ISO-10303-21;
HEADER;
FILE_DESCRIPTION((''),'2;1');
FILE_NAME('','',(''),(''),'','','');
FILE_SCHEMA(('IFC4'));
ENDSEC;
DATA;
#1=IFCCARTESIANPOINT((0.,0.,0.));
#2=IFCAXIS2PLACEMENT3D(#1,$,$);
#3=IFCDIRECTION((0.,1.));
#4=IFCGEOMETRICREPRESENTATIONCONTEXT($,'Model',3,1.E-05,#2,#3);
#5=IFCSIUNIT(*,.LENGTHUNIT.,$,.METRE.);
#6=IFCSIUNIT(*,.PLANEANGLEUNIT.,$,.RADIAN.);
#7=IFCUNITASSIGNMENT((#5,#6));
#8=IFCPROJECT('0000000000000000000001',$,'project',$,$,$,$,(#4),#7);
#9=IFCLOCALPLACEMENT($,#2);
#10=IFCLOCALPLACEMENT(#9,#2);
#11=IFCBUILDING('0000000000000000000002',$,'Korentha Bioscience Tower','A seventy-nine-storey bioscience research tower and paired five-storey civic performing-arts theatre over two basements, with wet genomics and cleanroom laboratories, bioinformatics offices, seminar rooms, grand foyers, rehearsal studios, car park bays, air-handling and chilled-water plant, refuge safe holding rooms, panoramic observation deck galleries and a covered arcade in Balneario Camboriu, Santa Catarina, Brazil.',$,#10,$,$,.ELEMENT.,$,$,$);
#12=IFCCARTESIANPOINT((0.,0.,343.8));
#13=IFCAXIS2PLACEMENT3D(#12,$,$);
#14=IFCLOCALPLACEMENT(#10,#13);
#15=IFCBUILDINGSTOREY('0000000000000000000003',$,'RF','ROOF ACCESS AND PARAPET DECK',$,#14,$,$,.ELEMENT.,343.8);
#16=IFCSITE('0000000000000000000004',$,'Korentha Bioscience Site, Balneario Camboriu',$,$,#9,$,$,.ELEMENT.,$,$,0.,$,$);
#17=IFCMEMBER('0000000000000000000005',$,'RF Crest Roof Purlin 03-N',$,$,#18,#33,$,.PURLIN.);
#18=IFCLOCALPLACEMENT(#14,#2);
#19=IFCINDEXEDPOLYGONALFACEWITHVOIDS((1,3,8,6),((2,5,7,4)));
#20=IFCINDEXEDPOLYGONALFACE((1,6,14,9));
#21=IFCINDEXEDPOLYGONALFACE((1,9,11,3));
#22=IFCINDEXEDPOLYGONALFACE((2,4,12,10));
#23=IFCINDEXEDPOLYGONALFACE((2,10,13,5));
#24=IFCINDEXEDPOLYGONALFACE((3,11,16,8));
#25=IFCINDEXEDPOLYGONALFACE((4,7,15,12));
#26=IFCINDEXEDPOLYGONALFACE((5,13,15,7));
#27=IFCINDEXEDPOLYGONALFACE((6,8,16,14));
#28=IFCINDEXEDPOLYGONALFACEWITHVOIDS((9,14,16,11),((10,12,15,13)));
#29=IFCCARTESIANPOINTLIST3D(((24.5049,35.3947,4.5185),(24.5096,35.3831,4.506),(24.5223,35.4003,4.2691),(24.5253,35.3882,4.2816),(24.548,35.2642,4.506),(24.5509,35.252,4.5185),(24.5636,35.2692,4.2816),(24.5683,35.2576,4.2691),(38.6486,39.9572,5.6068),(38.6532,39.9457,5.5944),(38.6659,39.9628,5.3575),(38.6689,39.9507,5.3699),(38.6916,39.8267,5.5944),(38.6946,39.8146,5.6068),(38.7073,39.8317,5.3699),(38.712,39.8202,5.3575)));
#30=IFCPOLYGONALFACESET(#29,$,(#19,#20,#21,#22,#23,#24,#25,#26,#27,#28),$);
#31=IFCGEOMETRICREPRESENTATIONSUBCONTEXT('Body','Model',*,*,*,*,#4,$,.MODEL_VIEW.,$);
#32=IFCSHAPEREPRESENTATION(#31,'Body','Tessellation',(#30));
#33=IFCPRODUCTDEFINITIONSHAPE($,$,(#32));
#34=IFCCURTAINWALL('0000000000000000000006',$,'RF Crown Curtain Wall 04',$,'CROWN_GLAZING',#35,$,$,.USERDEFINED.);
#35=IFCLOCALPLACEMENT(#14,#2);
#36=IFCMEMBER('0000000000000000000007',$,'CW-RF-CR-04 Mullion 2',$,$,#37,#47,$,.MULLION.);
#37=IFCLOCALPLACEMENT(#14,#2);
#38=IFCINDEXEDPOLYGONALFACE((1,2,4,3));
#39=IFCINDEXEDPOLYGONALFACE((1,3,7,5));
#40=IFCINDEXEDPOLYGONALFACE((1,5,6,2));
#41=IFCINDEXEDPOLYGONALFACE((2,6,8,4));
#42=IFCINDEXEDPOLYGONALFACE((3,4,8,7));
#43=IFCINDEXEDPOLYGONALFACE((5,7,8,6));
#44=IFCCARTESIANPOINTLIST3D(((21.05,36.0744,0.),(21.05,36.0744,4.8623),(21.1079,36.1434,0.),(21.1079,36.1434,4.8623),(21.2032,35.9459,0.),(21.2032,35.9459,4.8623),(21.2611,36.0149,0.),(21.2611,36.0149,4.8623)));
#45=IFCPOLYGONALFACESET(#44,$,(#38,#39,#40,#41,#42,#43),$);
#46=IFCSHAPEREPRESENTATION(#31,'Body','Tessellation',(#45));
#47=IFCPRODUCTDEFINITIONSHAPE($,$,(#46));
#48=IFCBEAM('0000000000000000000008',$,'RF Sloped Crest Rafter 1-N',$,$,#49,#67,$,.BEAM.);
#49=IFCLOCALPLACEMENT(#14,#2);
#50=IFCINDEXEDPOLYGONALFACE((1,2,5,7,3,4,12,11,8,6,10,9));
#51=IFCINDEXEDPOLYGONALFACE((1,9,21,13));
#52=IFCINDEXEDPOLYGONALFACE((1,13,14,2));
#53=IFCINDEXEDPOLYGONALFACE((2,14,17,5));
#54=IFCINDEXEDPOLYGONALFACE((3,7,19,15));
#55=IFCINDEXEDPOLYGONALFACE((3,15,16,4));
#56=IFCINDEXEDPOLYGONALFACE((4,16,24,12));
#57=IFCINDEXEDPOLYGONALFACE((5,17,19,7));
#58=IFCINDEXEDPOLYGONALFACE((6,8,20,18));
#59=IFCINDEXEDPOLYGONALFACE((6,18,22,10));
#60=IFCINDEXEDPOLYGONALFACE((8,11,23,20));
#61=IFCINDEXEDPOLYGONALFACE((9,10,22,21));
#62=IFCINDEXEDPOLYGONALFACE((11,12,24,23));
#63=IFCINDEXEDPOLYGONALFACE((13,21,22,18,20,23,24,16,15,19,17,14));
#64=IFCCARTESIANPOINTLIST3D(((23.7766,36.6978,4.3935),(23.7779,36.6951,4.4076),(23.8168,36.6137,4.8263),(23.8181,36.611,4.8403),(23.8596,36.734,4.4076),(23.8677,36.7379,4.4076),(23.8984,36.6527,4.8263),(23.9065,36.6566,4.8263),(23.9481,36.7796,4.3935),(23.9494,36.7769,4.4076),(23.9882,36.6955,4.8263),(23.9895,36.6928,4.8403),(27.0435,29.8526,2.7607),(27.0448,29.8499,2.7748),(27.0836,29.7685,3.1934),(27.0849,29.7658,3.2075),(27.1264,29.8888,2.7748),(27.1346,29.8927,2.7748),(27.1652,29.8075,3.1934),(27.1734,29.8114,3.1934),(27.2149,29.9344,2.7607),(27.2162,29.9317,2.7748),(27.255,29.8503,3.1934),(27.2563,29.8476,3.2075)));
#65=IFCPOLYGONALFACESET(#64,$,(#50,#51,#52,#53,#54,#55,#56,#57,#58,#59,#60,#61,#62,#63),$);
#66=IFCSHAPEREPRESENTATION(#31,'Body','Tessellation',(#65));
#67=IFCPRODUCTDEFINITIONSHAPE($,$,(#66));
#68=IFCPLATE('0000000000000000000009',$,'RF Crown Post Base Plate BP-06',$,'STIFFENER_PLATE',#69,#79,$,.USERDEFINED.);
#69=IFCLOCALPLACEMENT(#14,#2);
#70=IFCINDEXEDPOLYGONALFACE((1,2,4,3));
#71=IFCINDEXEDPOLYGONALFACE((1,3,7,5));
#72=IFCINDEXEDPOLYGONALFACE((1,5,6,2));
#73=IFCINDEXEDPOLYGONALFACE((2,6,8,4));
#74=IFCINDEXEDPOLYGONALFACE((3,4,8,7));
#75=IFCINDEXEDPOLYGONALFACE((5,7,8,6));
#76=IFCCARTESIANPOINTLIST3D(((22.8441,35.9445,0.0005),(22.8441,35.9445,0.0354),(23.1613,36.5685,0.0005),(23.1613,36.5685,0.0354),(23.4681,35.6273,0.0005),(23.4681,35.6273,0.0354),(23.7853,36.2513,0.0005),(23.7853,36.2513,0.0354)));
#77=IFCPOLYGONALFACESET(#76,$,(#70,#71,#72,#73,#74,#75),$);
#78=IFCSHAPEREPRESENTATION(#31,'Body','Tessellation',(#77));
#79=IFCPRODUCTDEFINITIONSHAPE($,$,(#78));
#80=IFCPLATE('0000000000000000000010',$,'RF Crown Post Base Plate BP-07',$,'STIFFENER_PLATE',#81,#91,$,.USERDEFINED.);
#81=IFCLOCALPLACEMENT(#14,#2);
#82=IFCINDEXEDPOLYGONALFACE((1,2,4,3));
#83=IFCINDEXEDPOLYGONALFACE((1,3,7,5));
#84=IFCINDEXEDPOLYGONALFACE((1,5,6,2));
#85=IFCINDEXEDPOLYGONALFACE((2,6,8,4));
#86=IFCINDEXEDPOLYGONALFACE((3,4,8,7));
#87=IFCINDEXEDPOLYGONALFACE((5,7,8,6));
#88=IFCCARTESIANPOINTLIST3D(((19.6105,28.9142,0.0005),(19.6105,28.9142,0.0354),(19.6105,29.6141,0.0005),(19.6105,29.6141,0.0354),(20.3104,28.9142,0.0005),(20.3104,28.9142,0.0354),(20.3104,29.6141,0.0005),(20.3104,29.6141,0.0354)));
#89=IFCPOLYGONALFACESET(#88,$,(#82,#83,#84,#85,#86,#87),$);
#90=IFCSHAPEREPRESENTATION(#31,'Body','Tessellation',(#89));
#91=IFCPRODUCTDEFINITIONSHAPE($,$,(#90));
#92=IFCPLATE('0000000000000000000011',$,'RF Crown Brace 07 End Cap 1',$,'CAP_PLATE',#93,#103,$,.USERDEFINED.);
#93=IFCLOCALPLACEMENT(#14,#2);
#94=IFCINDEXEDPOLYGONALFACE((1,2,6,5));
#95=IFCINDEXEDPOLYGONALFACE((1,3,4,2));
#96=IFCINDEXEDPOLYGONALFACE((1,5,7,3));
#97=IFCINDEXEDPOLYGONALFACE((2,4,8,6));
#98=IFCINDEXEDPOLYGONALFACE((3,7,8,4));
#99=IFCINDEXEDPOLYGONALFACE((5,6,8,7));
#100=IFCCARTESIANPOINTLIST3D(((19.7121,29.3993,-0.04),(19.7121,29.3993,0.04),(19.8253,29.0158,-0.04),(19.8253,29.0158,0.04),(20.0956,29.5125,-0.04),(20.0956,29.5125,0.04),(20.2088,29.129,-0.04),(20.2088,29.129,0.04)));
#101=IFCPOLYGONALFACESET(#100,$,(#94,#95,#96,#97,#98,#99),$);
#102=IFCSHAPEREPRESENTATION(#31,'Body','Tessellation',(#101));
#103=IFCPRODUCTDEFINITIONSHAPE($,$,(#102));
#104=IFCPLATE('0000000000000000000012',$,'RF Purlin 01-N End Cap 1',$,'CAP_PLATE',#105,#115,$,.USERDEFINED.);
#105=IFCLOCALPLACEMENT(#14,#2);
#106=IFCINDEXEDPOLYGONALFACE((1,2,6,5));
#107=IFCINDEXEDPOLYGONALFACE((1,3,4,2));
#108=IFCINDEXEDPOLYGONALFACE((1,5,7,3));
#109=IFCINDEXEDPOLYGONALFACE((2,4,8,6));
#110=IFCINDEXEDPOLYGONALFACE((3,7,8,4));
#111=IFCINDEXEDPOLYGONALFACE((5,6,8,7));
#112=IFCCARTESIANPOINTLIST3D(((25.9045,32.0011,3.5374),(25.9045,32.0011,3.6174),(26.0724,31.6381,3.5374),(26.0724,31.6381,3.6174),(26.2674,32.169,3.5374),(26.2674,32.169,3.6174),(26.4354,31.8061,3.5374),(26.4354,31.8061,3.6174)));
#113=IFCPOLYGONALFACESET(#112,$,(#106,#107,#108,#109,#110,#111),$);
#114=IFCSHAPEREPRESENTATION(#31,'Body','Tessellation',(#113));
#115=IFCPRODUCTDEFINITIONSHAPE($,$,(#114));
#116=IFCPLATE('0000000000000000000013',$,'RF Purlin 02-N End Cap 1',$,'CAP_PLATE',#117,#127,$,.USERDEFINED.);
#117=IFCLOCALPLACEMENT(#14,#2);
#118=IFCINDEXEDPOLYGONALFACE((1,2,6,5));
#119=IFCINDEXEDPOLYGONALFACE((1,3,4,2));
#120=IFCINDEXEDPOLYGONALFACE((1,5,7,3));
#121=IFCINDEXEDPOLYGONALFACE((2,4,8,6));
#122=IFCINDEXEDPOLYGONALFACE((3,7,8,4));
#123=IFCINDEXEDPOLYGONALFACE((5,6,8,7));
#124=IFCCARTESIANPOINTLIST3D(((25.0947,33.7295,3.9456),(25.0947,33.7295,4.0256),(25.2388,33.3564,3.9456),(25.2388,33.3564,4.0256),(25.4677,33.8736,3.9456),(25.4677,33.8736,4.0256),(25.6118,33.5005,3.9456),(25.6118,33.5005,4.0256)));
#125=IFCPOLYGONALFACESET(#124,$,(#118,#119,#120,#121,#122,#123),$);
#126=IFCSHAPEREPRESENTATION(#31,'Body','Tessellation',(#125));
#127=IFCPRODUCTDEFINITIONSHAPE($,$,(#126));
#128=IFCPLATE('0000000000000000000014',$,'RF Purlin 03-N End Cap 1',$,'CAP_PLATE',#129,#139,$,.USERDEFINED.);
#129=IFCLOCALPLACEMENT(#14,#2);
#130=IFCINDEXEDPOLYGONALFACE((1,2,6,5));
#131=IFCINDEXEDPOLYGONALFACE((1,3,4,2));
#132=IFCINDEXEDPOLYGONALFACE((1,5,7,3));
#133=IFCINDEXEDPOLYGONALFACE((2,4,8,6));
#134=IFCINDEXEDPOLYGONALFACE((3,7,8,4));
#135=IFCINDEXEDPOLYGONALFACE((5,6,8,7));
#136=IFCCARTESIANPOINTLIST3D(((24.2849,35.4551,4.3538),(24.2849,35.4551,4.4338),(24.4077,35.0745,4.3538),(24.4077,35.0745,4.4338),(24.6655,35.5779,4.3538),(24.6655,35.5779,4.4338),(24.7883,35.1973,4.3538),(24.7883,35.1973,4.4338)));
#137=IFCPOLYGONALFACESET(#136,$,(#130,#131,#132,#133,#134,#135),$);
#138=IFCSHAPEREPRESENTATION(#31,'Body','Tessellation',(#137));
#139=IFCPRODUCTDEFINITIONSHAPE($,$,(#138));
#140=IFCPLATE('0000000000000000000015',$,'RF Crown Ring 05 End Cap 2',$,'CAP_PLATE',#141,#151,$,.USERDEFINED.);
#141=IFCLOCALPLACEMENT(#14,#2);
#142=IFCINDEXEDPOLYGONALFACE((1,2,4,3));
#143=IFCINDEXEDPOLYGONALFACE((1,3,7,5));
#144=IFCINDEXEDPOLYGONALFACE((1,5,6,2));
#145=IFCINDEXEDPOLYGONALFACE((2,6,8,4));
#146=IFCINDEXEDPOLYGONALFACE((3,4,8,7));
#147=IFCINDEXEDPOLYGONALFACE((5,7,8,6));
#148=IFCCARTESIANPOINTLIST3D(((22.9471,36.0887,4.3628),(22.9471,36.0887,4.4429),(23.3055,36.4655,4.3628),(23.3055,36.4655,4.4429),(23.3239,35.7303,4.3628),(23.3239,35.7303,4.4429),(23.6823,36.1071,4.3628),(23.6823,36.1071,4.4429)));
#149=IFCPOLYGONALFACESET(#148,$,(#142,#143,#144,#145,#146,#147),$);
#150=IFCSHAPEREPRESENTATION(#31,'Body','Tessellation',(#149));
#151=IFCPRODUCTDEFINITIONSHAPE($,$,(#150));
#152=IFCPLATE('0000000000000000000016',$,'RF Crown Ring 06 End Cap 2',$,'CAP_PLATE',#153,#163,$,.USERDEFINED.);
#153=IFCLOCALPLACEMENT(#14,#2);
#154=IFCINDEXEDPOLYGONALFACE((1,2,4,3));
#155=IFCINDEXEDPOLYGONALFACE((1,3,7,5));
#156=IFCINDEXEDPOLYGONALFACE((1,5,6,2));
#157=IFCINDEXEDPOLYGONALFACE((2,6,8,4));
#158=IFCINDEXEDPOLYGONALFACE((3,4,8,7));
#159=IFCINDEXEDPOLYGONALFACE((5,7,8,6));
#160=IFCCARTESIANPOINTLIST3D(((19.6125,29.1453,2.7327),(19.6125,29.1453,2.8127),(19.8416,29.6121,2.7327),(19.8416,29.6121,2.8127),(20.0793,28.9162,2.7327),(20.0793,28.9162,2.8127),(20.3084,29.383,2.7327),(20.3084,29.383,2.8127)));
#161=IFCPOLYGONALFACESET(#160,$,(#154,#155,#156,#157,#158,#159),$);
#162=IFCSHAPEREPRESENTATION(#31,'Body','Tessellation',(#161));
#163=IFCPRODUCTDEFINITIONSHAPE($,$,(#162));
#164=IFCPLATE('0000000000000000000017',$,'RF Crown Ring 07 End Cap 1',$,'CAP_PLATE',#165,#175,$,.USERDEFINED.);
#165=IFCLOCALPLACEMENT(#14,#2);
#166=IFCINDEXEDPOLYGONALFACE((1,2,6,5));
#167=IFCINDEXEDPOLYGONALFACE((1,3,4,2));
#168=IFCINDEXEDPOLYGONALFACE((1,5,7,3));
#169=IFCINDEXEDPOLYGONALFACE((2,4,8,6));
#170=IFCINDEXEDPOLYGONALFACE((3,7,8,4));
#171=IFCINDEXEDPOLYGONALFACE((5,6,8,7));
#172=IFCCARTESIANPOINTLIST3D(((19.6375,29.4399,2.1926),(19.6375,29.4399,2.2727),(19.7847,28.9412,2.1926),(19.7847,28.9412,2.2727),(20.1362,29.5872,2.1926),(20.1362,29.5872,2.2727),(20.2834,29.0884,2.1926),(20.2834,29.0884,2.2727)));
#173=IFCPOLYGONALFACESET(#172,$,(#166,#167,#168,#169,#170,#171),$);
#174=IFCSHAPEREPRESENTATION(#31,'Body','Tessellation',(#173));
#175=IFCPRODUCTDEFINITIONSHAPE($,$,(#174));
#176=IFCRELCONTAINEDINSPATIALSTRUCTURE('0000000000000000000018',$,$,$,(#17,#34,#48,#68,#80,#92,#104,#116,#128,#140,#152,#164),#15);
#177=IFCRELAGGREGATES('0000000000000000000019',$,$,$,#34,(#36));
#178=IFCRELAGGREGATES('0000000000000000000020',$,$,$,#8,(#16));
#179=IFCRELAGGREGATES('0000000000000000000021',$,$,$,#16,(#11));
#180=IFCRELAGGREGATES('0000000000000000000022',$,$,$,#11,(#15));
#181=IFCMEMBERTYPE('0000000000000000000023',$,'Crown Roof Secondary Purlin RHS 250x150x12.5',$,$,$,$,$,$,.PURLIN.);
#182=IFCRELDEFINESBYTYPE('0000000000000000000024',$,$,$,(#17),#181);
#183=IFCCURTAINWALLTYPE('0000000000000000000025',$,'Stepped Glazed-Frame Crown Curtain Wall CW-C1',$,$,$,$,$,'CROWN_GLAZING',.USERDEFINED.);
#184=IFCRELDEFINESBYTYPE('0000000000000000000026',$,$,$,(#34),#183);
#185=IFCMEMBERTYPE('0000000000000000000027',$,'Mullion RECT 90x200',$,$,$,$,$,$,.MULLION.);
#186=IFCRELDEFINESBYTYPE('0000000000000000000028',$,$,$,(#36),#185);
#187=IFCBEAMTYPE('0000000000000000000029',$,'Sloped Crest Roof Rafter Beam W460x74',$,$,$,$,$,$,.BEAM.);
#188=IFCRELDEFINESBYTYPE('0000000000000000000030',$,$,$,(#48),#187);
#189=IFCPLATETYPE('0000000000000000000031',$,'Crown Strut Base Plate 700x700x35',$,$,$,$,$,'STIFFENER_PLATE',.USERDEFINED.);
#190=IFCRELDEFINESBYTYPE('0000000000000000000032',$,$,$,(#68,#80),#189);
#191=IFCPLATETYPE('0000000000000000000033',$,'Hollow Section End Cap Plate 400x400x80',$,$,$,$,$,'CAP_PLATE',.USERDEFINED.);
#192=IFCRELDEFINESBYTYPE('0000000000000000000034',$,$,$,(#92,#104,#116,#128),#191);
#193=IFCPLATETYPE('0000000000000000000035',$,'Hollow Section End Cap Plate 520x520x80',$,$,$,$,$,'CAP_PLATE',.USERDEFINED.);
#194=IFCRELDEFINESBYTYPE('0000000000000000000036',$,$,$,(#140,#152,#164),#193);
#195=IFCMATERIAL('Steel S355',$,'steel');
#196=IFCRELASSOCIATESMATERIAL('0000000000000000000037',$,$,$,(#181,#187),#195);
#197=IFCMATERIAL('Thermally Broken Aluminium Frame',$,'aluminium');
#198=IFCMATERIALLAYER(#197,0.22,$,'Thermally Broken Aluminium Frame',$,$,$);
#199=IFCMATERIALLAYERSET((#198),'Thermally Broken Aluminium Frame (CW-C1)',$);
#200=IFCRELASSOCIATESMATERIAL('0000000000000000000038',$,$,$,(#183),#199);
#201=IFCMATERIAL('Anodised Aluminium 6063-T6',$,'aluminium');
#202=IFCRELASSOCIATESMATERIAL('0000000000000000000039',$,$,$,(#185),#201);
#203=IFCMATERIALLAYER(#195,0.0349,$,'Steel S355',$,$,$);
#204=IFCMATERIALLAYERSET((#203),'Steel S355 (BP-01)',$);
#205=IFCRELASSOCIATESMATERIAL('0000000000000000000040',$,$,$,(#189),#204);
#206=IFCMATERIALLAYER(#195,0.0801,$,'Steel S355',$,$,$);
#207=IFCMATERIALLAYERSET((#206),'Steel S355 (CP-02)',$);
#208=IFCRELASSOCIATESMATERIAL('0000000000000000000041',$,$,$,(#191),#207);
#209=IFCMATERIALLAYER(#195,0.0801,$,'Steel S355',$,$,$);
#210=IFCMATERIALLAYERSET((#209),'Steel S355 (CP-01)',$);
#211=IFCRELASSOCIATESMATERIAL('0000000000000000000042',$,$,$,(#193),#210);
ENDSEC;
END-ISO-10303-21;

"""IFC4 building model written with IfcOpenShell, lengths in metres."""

from ifc_helpers import new_model, si_unit, direction, frame, origin, origin_2d, place, context, subcontext, project, spatial, rectangle, hollow_rectangle, i_section, extrude, material, layer, layer_set, material_profile, profile_set, type_object, element, aggregate, save


model = new_model("IFC4")

# Units and contexts
model_context = context("Model", 3, precision=1e-05, world=origin(), true_north=direction((0.0, 1.0)))
body_context = subcontext(model_context, "Body", "Model", "MODEL_VIEW")
ifc_project = project(units=[si_unit("LENGTHUNIT", "METRE"), si_unit("PLANEANGLEUNIT", "RADIAN")], contexts=[model_context])

# Site, building, storey
site_placement = place(None, origin())
site = spatial("IfcSite", under=ifc_project, at=site_placement, Name="Korentha Bioscience Site, Balneario Camboriu", CompositionType="ELEMENT", RefElevation=0.0)
building_placement = place(site_placement, origin())
building = spatial("IfcBuilding", under=site, at=building_placement, Name="Korentha Bioscience Tower", Description="A seventy-nine-storey bioscience research tower and paired five-storey civic performing-arts theatre over two basements, with wet genomics and cleanroom laboratories, bioinformatics offices, seminar rooms, grand foyers, rehearsal studios, car park bays, air-handling and chilled-water plant, refuge safe holding rooms, panoramic observation deck galleries and a covered arcade in Balneario Camboriu, Santa Catarina, Brazil.", CompositionType="ELEMENT")
storey_placement = place(building_placement, frame((0.0, 0.0, 343.8)))
storey = spatial("IfcBuildingStorey", under=building, at=storey_placement, Name="RF", Description="ROOF ACCESS AND PARAPET DECK", CompositionType="ELEMENT", Elevation=343.8)

# Shared definitions
ifc_material_1 = material(Name="Steel S355", Category="steel")

# Member
ifc_material_profile_1 = material_profile(ifc_material_1, hollow_rectangle(XDim=0.1499, YDim=0.25, WallThickness=0.0125, at=origin_2d()), Name="Steel S355")
ifc_profile_set_1 = profile_set([ifc_material_profile_1], Name="Steel S355 (CR-P250)")
member_type_1 = type_object("IfcMemberType", Name="Crown Roof Secondary Purlin RHS 250x150x12.5", PredefinedType="PURLIN", material=ifc_profile_set_1)
member_1_placement = place(storey_placement, frame((24.5366, 35.3262, 4.3938), z_axis=(0.949165, 0.306187, 0.07304), x_axis=(-0.307007, 0.951707, 0.0)))
element("IfcMember", 1, at=member_1_placement, inside=storey, type_object=member_type_1, Name="RF Crest Roof Purlin 03-N", PredefinedType="PURLIN", context=body_context, shape_type="SweptSolid", body=[
    extrude(hollow_rectangle(XDim=0.1499, YDim=0.25, WallThickness=0.0125, at=origin_2d()), origin(), (0.0, 0.0, 1.0), 14.9011),
])

# Curtain wall, member
ifc_material_2 = material(Name="Thermally Broken Aluminium Frame", Category="aluminium")
ifc_layer_1 = layer(ifc_material_2, 0.22, Name="Thermally Broken Aluminium Frame")
ifc_layer_set_1 = layer_set([ifc_layer_1], Name="Thermally Broken Aluminium Frame (CW-C1)")
curtain_wall_type = type_object("IfcCurtainWallType", Name="Stepped Glazed-Frame Crown Curtain Wall CW-C1", ElementType="CROWN_GLAZING", PredefinedType="USERDEFINED", material=ifc_layer_set_1)
curtain_wall_placement = place(storey_placement, origin())
curtain_wall = element("IfcCurtainWall", 2, at=curtain_wall_placement, inside=storey, type_object=curtain_wall_type, Name="RF Crown Curtain Wall 04", ObjectType="CROWN_GLAZING", PredefinedType="USERDEFINED")
ifc_material_3 = material(Name="Anodised Aluminium 6063-T6", Category="aluminium")
ifc_material_profile_2 = material_profile(ifc_material_3, rectangle(XDim=0.0901, YDim=0.2, at=origin_2d()), Name="Anodised Aluminium 6063-T6")
ifc_profile_set_2 = profile_set([ifc_material_profile_2], Name="Anodised Aluminium 6063-T6 (CW-MUL)")
member_type_2 = type_object("IfcMemberType", Name="Mullion RECT 90x200", PredefinedType="MULLION", material=ifc_profile_set_2)
member_2_placement = place(storey_placement, frame((21.1555, 36.0447, 0.0), z_axis=(0.0, 0.0, 1.0), x_axis=(-0.64266, -0.766151, 0.0)))
member_2 = element("IfcMember", 3, at=member_2_placement, type_object=member_type_2, Name="CW-RF-CR-04 Mullion 2", PredefinedType="MULLION", context=body_context, shape_type="SweptSolid", body=[
    extrude(rectangle(XDim=0.0901, YDim=0.2, at=origin_2d()), origin(), (0.0, 0.0, 1.0), 4.8623),
])
aggregate(curtain_wall, [member_2])

# Beam
ifc_material_profile_3 = material_profile(ifc_material_1, i_section(OverallWidth=0.1899, OverallDepth=0.457, WebThickness=0.009, FlangeThickness=0.0144, at=origin_2d()), Name="Steel S355")
ifc_profile_set_3 = profile_set([ifc_material_profile_3], Name="Steel S355 (CR-B460)")
beam_type_1 = type_object("IfcBeamType", Name="Sloped Crest Roof Rafter Beam W460x74", PredefinedType="BEAM", material=ifc_profile_set_3)
beam_1_placement = place(storey_placement, frame((27.1499, 29.8501, 2.9841), z_axis=(-0.421063, 0.882279, 0.210453), x_axis=(-0.902491, -0.430709, 0.0)))
element("IfcBeam", 4, at=beam_1_placement, inside=storey, type_object=beam_type_1, Name="RF Sloped Crest Rafter 1-N", PredefinedType="BEAM", context=body_context, shape_type="SweptSolid", body=[
    extrude(i_section(OverallWidth=0.1899, OverallDepth=0.457, WebThickness=0.009, FlangeThickness=0.0144, at=origin_2d()), origin(), (0.0, 0.0, 1.0), 7.7585),
])

# Plates
ifc_layer_2 = layer(ifc_material_1, 0.0349, Name="Steel S355")
ifc_layer_set_2 = layer_set([ifc_layer_2], Name="Steel S355 (BP-01)")
plate_type_1 = type_object("IfcPlateType", Name="Crown Strut Base Plate 700x700x35", ElementType="STIFFENER_PLATE", PredefinedType="USERDEFINED", material=ifc_layer_set_2)
for number, where, z_axis, x_axis, name in (
    (5, (23.3147, 36.0979, 0.0005), (0.0, 0.0, 1.0), (0.453057, 0.891481, 0.0), "RF Crown Post Base Plate BP-06"),
    (6, (19.9604, 29.2642, 0.0005), (0.0, 0.0, 1.0), (0.0, 1.0, 0.0), "RF Crown Post Base Plate BP-07"),
):
    element("IfcPlate", number, at=place(storey_placement, frame(where, z_axis=z_axis, x_axis=x_axis)), inside=storey, type_object=plate_type_1, Name=name, ObjectType="STIFFENER_PLATE", PredefinedType="USERDEFINED", context=body_context, shape_type="SweptSolid", body=[
        extrude(rectangle(XDim=0.7, YDim=0.7, at=origin_2d()), origin(), (0.0, 0.0, 1.0), 0.0349),
    ])
ifc_layer_3 = layer(ifc_material_1, 0.0801, Name="Steel S355")
ifc_layer_set_3 = layer_set([ifc_layer_3], Name="Steel S355 (CP-02)")
plate_type_2 = type_object("IfcPlateType", Name="Hollow Section End Cap Plate 400x400x80", ElementType="CAP_PLATE", PredefinedType="USERDEFINED", material=ifc_layer_set_3)
for number, where, z_axis, x_axis, name in (
    (7, (19.9604, 29.2642, -0.04), (0.0, 0.0, 1.0), (-0.283179, 0.959067, 0.0), "RF Crown Brace 07 End Cap 1"),
    (8, (26.1699, 31.9036, 3.5374), (0.0, 0.0, 1.0), (0.907558, 0.419927, 0.0), "RF Purlin 01-N End Cap 1"),
    (9, (25.3533, 33.615, 3.9456), (0.0, 0.0, 1.0), (0.932828, 0.360322, 0.0), "RF Purlin 02-N End Cap 1"),
    (10, (24.5366, 35.3262, 4.3538), (0.0, 0.0, 1.0), (0.951702, 0.307024, 0.0), "RF Purlin 03-N End Cap 1"),
):
    element("IfcPlate", number, at=place(storey_placement, frame(where, z_axis=z_axis, x_axis=x_axis)), inside=storey, type_object=plate_type_2, Name=name, ObjectType="CAP_PLATE", PredefinedType="USERDEFINED", context=body_context, shape_type="SweptSolid", body=[
        extrude(rectangle(XDim=0.3999, YDim=0.3999, at=origin_2d()), origin(), (0.0, 0.0, 1.0), 0.0801),
    ])
ifc_layer_4 = layer(ifc_material_1, 0.0801, Name="Steel S355")
ifc_layer_set_4 = layer_set([ifc_layer_4], Name="Steel S355 (CP-01)")
plate_type_3 = type_object("IfcPlateType", Name="Hollow Section End Cap Plate 520x520x80", ElementType="CAP_PLATE", PredefinedType="USERDEFINED", material=ifc_layer_set_4)
for number, where, z_axis, x_axis, name in (
    (11, (23.3147, 36.0979, 4.3628), (0.0, 0.0, 1.0), (0.68924, 0.724533, 0.0), "RF Crown Ring 05 End Cap 2"),
    (12, (19.9604, 29.2642, 2.7327), (0.0, 0.0, 1.0), (0.440566, 0.89772, 0.0), "RF Crown Ring 06 End Cap 2"),
    (13, (19.9604, 29.2642, 2.1926), (0.0, 0.0, 1.0), (-0.283179, 0.959067, 0.0), "RF Crown Ring 07 End Cap 1"),
):
    element("IfcPlate", number, at=place(storey_placement, frame(where, z_axis=z_axis, x_axis=x_axis)), inside=storey, type_object=plate_type_3, Name=name, ObjectType="CAP_PLATE", PredefinedType="USERDEFINED", context=body_context, shape_type="SweptSolid", body=[
        extrude(rectangle(XDim=0.52, YDim=0.52, at=origin_2d()), origin(), (0.0, 0.0, 1.0), 0.0801),
    ])

save(model, "model.ifc")
